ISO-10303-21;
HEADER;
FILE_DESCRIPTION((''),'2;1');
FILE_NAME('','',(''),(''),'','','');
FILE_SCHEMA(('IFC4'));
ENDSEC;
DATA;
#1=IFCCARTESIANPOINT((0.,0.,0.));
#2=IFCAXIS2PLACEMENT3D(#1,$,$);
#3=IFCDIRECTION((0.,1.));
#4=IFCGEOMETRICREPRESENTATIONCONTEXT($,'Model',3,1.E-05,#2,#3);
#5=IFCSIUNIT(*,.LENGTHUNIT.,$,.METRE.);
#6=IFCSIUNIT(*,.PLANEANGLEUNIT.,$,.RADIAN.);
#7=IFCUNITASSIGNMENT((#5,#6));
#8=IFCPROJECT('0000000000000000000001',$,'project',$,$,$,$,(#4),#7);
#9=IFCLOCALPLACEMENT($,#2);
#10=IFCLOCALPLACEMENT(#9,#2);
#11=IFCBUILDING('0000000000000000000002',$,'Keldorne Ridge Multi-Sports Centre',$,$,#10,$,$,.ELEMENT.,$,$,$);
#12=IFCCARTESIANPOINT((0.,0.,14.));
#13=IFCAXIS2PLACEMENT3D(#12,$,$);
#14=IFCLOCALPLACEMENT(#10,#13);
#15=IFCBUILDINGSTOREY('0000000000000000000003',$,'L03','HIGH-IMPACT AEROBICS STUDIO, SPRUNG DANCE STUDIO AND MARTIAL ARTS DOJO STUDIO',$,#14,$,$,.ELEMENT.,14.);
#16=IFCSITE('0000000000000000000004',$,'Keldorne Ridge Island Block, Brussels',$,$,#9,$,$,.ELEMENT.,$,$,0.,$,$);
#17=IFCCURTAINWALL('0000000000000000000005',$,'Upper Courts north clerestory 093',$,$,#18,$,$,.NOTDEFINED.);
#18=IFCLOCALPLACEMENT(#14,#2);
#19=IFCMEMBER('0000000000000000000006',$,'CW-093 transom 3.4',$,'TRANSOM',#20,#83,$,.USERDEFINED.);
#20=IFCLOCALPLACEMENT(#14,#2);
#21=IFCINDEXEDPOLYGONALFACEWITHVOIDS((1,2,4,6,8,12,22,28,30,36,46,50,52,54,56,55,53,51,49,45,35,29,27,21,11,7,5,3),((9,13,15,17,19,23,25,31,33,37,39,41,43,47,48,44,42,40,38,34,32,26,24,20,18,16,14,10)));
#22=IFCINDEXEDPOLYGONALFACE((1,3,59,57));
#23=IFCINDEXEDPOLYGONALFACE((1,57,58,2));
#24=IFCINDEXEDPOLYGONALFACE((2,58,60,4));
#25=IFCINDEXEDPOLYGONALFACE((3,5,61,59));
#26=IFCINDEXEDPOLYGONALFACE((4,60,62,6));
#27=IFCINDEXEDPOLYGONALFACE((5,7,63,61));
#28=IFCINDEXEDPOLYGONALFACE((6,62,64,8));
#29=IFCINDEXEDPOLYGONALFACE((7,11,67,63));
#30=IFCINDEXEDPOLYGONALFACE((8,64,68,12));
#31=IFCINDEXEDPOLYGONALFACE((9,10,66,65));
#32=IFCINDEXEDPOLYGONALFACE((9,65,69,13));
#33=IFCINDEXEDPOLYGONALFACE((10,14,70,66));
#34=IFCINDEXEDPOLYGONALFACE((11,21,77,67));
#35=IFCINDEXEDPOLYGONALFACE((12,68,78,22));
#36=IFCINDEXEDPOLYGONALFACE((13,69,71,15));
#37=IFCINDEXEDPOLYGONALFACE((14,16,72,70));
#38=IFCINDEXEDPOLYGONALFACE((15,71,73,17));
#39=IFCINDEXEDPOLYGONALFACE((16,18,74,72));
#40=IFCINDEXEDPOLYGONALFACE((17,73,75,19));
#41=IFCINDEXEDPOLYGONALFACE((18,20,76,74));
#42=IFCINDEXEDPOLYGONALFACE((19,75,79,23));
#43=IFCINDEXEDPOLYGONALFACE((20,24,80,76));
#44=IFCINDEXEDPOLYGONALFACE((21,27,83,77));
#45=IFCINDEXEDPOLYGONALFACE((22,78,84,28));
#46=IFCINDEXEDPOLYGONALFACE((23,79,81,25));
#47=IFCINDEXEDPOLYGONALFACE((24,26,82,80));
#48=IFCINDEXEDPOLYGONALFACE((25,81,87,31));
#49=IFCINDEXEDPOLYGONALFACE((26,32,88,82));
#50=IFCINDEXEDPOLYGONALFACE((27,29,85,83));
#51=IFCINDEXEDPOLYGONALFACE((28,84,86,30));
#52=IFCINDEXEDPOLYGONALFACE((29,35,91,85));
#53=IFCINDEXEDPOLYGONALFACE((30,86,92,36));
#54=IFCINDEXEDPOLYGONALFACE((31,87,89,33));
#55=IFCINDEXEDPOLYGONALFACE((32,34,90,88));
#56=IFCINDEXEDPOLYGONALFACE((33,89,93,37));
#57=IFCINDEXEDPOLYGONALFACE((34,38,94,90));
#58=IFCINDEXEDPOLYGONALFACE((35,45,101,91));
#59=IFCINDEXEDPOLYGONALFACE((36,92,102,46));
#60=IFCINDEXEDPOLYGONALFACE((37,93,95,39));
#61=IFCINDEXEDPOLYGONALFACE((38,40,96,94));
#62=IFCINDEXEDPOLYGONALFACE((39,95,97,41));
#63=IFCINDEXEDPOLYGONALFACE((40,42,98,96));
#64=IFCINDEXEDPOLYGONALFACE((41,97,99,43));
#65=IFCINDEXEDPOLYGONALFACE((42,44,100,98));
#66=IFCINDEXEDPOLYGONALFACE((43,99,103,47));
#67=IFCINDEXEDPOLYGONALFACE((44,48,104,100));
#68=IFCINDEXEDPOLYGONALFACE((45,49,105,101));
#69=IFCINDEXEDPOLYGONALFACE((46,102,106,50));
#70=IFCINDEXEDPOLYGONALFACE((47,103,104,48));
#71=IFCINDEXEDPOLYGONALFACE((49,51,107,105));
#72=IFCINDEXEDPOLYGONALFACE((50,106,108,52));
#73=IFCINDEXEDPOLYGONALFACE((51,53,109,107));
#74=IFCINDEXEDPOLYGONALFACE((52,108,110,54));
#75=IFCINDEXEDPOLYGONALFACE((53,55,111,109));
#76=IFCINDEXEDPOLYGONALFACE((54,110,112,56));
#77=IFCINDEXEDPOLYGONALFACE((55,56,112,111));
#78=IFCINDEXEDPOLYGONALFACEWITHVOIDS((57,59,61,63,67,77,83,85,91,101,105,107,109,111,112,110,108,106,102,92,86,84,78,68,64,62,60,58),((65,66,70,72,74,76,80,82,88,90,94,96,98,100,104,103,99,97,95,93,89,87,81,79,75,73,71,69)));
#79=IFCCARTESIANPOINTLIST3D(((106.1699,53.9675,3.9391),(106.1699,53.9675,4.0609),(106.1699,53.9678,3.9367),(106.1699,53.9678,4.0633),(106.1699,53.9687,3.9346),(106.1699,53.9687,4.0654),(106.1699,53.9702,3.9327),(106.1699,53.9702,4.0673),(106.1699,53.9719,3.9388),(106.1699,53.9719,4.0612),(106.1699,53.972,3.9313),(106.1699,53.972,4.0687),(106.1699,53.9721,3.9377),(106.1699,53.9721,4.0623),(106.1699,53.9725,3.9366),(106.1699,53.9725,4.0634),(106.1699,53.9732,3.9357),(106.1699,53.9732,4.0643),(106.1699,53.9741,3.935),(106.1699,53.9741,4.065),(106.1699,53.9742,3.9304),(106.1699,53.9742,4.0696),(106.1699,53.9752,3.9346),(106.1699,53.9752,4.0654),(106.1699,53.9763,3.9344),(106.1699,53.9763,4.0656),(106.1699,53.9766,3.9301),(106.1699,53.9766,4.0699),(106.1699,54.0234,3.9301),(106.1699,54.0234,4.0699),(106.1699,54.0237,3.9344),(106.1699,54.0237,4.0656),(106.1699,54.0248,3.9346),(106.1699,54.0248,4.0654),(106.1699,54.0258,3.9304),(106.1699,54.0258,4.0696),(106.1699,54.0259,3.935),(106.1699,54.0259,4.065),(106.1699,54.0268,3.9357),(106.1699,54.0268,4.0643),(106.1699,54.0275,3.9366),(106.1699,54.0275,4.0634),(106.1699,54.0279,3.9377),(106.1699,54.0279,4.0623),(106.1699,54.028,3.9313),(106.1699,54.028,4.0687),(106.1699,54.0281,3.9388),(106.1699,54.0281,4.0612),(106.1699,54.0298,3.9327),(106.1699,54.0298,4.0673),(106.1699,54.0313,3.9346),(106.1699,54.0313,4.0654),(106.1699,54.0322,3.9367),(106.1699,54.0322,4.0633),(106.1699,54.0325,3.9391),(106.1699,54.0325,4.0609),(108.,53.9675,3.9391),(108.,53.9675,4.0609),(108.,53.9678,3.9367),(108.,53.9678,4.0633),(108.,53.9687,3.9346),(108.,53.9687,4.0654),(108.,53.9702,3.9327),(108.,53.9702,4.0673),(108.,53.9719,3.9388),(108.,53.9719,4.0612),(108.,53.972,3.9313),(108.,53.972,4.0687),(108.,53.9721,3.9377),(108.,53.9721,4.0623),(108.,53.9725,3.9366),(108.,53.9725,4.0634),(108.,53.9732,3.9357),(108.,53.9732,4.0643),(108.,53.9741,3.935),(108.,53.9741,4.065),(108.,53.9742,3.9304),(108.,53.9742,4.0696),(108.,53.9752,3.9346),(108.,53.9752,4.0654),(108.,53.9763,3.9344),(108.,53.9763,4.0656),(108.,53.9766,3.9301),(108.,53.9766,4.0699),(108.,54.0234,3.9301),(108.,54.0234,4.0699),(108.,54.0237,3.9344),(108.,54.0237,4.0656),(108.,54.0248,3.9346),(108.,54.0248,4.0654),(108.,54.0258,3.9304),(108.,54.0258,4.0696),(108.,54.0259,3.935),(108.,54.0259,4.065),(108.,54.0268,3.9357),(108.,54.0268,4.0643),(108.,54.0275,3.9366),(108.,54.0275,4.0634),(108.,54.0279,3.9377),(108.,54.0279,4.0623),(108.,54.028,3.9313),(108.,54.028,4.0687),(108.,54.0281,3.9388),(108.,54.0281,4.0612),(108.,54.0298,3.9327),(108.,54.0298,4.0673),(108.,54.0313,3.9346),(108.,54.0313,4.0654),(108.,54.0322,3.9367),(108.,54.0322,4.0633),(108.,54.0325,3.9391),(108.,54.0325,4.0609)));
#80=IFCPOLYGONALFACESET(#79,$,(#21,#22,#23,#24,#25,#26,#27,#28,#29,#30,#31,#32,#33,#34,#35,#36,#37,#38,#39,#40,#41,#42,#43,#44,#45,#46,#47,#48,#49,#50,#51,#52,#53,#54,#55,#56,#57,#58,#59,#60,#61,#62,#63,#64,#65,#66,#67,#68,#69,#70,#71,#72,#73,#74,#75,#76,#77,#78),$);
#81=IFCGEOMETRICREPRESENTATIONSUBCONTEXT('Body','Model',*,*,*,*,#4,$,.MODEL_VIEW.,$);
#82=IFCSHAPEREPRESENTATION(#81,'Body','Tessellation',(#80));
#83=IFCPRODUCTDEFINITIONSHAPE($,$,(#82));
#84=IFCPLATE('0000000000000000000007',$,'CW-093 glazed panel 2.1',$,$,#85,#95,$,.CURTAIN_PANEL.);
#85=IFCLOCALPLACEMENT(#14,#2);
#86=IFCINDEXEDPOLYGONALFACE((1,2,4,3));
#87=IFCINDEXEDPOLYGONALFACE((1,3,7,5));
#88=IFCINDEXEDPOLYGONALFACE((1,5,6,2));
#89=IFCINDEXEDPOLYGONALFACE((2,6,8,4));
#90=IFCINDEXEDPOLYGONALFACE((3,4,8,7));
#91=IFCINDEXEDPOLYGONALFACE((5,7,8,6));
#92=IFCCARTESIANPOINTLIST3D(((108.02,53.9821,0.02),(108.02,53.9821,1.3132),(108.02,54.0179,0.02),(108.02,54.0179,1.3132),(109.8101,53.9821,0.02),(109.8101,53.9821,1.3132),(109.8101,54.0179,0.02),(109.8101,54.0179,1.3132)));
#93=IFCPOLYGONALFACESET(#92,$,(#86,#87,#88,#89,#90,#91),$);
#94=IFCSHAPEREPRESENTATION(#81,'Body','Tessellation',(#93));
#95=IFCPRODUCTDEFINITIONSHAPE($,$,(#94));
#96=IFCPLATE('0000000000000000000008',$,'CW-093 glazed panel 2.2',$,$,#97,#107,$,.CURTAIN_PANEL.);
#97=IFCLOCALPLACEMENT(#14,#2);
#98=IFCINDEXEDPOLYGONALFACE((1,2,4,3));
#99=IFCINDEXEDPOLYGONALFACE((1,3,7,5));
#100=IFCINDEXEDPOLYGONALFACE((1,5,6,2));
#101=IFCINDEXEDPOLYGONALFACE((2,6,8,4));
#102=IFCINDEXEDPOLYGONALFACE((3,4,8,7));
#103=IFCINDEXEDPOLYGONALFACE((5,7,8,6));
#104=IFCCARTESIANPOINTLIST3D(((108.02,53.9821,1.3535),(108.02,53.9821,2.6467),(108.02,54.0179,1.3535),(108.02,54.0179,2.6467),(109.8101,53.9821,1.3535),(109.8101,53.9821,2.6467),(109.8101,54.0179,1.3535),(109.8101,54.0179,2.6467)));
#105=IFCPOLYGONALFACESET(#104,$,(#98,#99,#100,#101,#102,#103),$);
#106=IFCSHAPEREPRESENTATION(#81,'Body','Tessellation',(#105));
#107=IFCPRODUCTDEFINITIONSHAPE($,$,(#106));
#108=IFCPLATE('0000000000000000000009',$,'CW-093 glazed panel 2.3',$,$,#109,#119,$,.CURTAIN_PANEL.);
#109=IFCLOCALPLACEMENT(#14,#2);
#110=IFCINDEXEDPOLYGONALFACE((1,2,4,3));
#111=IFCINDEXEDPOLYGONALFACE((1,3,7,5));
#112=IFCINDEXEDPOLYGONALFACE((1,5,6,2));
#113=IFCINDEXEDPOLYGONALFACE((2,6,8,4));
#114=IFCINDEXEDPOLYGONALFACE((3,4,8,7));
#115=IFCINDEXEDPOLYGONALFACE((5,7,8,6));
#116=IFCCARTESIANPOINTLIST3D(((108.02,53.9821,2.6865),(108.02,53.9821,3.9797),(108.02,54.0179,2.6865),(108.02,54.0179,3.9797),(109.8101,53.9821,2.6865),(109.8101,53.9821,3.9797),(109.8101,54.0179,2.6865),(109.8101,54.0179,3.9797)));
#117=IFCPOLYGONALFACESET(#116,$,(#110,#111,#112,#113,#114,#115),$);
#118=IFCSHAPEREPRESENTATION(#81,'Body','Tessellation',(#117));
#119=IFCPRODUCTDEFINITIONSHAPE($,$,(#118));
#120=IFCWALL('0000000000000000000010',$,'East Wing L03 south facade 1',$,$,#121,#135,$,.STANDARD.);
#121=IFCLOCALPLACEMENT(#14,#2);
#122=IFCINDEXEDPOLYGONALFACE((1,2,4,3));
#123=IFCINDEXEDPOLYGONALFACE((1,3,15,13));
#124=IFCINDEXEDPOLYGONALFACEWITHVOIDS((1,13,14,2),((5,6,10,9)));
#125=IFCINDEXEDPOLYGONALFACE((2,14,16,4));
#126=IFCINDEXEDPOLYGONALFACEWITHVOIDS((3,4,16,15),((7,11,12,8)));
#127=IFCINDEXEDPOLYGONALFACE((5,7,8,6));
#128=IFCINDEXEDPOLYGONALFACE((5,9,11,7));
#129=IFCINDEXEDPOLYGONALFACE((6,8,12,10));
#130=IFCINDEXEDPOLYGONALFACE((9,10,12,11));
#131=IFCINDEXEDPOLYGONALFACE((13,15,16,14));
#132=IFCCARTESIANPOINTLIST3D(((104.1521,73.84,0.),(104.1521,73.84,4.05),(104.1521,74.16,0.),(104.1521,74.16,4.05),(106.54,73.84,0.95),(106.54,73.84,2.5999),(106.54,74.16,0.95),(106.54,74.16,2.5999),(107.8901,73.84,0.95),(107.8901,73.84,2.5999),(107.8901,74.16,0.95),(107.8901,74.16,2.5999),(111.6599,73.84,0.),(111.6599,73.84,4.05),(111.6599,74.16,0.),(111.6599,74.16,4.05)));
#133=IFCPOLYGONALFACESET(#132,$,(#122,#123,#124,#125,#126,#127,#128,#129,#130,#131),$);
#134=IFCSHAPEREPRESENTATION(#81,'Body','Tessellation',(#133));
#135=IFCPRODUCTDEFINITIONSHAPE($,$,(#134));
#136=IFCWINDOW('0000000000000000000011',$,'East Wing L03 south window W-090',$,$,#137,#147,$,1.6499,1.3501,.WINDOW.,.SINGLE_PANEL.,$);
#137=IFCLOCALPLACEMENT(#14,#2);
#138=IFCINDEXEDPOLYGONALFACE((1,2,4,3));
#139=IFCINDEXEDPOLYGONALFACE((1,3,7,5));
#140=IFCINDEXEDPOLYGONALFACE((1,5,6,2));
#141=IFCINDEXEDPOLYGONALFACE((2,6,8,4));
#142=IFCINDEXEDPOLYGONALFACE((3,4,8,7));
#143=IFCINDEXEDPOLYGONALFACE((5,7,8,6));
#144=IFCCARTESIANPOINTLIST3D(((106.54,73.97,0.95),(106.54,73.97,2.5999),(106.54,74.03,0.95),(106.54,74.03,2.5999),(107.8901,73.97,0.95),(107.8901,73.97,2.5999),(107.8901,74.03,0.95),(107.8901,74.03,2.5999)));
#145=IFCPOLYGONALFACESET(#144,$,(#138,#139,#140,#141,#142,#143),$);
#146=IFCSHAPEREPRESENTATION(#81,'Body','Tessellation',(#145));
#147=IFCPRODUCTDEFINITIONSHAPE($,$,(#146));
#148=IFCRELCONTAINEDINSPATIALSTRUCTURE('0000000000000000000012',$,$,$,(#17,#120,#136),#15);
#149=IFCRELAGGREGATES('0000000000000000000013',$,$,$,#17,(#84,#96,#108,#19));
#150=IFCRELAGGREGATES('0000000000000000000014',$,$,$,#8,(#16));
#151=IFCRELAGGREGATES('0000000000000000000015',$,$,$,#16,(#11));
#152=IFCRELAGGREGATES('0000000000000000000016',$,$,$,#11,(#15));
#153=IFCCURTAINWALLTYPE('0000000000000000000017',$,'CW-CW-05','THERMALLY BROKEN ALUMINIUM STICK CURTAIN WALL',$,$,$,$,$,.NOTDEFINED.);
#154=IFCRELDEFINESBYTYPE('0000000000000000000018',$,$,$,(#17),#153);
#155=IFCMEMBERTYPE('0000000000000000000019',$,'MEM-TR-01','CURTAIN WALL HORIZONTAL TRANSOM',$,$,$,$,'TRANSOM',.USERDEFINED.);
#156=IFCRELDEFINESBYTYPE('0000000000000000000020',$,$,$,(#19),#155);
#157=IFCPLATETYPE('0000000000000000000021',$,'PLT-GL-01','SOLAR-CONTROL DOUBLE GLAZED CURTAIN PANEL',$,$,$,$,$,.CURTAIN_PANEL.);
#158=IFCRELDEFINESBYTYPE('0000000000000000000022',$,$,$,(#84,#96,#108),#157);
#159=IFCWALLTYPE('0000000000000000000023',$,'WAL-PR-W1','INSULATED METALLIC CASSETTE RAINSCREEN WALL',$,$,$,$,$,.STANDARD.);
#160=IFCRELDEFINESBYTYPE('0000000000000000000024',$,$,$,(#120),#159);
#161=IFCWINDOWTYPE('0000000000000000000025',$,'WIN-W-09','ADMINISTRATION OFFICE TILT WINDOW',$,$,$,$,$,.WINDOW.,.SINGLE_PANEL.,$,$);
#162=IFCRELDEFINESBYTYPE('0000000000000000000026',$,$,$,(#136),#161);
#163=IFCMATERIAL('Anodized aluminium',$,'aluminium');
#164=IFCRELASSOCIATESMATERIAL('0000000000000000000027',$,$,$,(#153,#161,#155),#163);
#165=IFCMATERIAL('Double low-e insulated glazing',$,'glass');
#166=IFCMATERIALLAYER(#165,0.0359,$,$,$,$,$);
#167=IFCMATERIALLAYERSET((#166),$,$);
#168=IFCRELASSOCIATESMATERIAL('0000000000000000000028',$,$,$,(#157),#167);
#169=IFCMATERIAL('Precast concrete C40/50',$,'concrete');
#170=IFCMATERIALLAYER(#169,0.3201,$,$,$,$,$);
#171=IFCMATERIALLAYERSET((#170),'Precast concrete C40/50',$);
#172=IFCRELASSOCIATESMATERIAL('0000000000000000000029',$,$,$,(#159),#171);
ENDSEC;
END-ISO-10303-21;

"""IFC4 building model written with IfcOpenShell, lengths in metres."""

from ifc_helpers import new_model, si_unit, direction, frame, frame_2d, origin, origin_2d, place, context, subcontext, project, spatial, rectangle, hollow_rectangle, extrude, material, layer, layer_set, material_profile, profile_set, type_object, element, fill, aggregate, save


model = new_model("IFC4")

# Units and contexts
model_context = context("Model", 3, precision=1e-05, world=origin(), true_north=direction((0.0, 1.0)))
body_context = subcontext(model_context, "Body", "Model", "MODEL_VIEW")
ifc_project = project(units=[si_unit("LENGTHUNIT", "METRE"), si_unit("PLANEANGLEUNIT", "RADIAN")], contexts=[model_context])

# Site, building, storey
site_placement = place(None, origin())
site = spatial("IfcSite", under=ifc_project, at=site_placement, Name="Keldorne Ridge Island Block, Brussels", CompositionType="ELEMENT", RefElevation=0.0)
building_placement = place(site_placement, origin())
building = spatial("IfcBuilding", under=site, at=building_placement, Name="Keldorne Ridge Multi-Sports Centre", CompositionType="ELEMENT")
storey_placement = place(building_placement, frame((0.0, 0.0, 14.0)))
storey = spatial("IfcBuildingStorey", under=building, at=storey_placement, Name="L03", Description="HIGH-IMPACT AEROBICS STUDIO, SPRUNG DANCE STUDIO AND MARTIAL ARTS DOJO STUDIO", CompositionType="ELEMENT", Elevation=14.0)

# Curtain wall, member, plates
ifc_material_1 = material(Name="Anodized aluminium", Category="aluminium")
curtain_wall_type = type_object("IfcCurtainWallType", Name="CW-CW-05", Description="THERMALLY BROKEN ALUMINIUM STICK CURTAIN WALL", PredefinedType="NOTDEFINED", material=ifc_material_1)
curtain_wall_placement = place(storey_placement, origin())
curtain_wall = element("IfcCurtainWall", 1, at=curtain_wall_placement, inside=storey, type_object=curtain_wall_type, Name="Upper Courts north clerestory 093", PredefinedType="NOTDEFINED")
ifc_material_profile_1 = material_profile(ifc_material_1, hollow_rectangle(XDim=0.0649, YDim=0.1399, WallThickness=0.0044, InnerFilletRadius=0.0044, OuterFilletRadius=0.009, at=origin_2d()), Name="ALU TRANSOM 140x65x4.5")
ifc_profile_set_1 = profile_set([ifc_material_profile_1], Name="Anodized aluminium")
member_type_1 = type_object("IfcMemberType", Name="MEM-TR-01", Description="CURTAIN WALL HORIZONTAL TRANSOM", ElementType="TRANSOM", PredefinedType="USERDEFINED", material=ifc_profile_set_1)
member_1_placement = place(storey_placement, frame((108.0, 54.0, 4.0), z_axis=(-1.0, 0.0, 0.0), x_axis=(0.0, -1.0, 0.0)))
member_1 = element("IfcMember", 2, at=member_1_placement, type_object=member_type_1, Name="CW-093 transom 3.4", ObjectType="TRANSOM", PredefinedType="USERDEFINED", context=body_context, shape_type="SweptSolid", body=[
    extrude(hollow_rectangle(XDim=0.0649, YDim=0.1399, WallThickness=0.0044, InnerFilletRadius=0.0044, OuterFilletRadius=0.009, at=origin_2d()), origin(), (0.0, 0.0, 1.0), 1.8301),
])
ifc_material_2 = material(Name="Double low-e insulated glazing", Category="glass")
ifc_layer_1 = layer(ifc_material_2, 0.0359)
ifc_layer_set_1 = layer_set([ifc_layer_1])
plate_type = type_object("IfcPlateType", Name="PLT-GL-01", Description="SOLAR-CONTROL DOUBLE GLAZED CURTAIN PANEL", PredefinedType="CURTAIN_PANEL", material=ifc_layer_set_1)
plate_1_placement = place(storey_placement, frame((108.915, 54.0, 0.02), z_axis=(0.0, 0.0, 1.0), x_axis=(-1.0, 0.0, 0.0)))
plate_1 = element("IfcPlate", 3, at=plate_1_placement, type_object=plate_type, Name="CW-093 glazed panel 2.1", PredefinedType="CURTAIN_PANEL", context=body_context, shape_type="SweptSolid", body=[
    extrude(rectangle(XDim=1.79, YDim=0.0359, at=origin_2d()), origin(), (0.0, 0.0, 1.0), 1.2932),
])
plate_2_placement = place(storey_placement, frame((108.915, 54.0, 1.3535), z_axis=(0.0, 0.0, 1.0), x_axis=(-1.0, 0.0, 0.0)))
plate_2 = element("IfcPlate", 4, at=plate_2_placement, type_object=plate_type, Name="CW-093 glazed panel 2.2", PredefinedType="CURTAIN_PANEL", context=body_context, shape_type="SweptSolid", body=[
    extrude(rectangle(XDim=1.79, YDim=0.0359, at=origin_2d()), origin(), (0.0, 0.0, 1.0), 1.2932),
])
plate_3_placement = place(storey_placement, frame((108.915, 54.0, 2.6865), z_axis=(0.0, 0.0, 1.0), x_axis=(-1.0, 0.0, 0.0)))
plate_3 = element("IfcPlate", 5, at=plate_3_placement, type_object=plate_type, Name="CW-093 glazed panel 2.3", PredefinedType="CURTAIN_PANEL", context=body_context, shape_type="SweptSolid", body=[
    extrude(rectangle(XDim=1.79, YDim=0.0359, at=origin_2d()), origin(), (0.0, 0.0, 1.0), 1.2932),
])
aggregate(curtain_wall, [plate_1, plate_2, plate_3, member_1])

# Wall, opening, window
ifc_material_3 = material(Name="Precast concrete C40/50", Category="concrete")
ifc_layer_2 = layer(ifc_material_3, 0.3201)
ifc_layer_set_2 = layer_set([ifc_layer_2], Name="Precast concrete C40/50")
wall_type = type_object("IfcWallType", Name="WAL-PR-W1", Description="INSULATED METALLIC CASSETTE RAINSCREEN WALL", PredefinedType="STANDARD", material=ifc_layer_set_2)
wall_placement = place(storey_placement, frame((104.1521, 74.0, 0.0), z_axis=(0.0, 0.0, 1.0), x_axis=(1.0, 0.0, 0.0)))
wall = element("IfcWall", 6, at=wall_placement, inside=storey, type_object=wall_type, Name="East Wing L03 south facade 1", PredefinedType="STANDARD", context=body_context, shape_type="SweptSolid", body=[
    extrude(rectangle(XDim=7.5078, YDim=0.3201, at=frame_2d((3.7539, 0.0))), origin(), (0.0, 0.0, 1.0), 4.05),
])
opening_placement = place(wall_placement, frame((2.3879, 0.0, 0.95)))
opening = element("IfcOpeningElement", 7, at=opening_placement, cuts=wall, PredefinedType="OPENING", context=body_context, shape_type="SweptSolid", body=[
    extrude(rectangle(XDim=1.3501, YDim=1.6499, at=frame_2d((0.675, 0.825))), frame((0.0, 0.1699, 0.0), z_axis=(0.0, -1.0, 0.0), x_axis=(1.0, 0.0, 0.0)), (0.0, 0.0, 1.0), 0.3401),
])
window_type = type_object("IfcWindowType", Name="WIN-W-09", Description="ADMINISTRATION OFFICE TILT WINDOW", PartitioningType="SINGLE_PANEL", PredefinedType="WINDOW", material=ifc_material_1)
window_placement = place(opening_placement, origin())
window = element("IfcWindow", 8, at=window_placement, inside=storey, type_object=window_type, Name="East Wing L03 south window W-090", OverallHeight=1.6499, OverallWidth=1.3501, PartitioningType="SINGLE_PANEL", PredefinedType="WINDOW", context=body_context, shape_type="SweptSolid", body=[
    extrude(rectangle(XDim=1.3501, YDim=1.6499, at=frame_2d((0.675, 0.825))), frame((0.0, 0.03, 0.0), z_axis=(0.0, -1.0, 0.0), x_axis=(1.0, 0.0, 0.0)), (0.0, 0.0, 1.0), 0.0601),
])
fill(opening, window)

save(model, "model.ifc")
